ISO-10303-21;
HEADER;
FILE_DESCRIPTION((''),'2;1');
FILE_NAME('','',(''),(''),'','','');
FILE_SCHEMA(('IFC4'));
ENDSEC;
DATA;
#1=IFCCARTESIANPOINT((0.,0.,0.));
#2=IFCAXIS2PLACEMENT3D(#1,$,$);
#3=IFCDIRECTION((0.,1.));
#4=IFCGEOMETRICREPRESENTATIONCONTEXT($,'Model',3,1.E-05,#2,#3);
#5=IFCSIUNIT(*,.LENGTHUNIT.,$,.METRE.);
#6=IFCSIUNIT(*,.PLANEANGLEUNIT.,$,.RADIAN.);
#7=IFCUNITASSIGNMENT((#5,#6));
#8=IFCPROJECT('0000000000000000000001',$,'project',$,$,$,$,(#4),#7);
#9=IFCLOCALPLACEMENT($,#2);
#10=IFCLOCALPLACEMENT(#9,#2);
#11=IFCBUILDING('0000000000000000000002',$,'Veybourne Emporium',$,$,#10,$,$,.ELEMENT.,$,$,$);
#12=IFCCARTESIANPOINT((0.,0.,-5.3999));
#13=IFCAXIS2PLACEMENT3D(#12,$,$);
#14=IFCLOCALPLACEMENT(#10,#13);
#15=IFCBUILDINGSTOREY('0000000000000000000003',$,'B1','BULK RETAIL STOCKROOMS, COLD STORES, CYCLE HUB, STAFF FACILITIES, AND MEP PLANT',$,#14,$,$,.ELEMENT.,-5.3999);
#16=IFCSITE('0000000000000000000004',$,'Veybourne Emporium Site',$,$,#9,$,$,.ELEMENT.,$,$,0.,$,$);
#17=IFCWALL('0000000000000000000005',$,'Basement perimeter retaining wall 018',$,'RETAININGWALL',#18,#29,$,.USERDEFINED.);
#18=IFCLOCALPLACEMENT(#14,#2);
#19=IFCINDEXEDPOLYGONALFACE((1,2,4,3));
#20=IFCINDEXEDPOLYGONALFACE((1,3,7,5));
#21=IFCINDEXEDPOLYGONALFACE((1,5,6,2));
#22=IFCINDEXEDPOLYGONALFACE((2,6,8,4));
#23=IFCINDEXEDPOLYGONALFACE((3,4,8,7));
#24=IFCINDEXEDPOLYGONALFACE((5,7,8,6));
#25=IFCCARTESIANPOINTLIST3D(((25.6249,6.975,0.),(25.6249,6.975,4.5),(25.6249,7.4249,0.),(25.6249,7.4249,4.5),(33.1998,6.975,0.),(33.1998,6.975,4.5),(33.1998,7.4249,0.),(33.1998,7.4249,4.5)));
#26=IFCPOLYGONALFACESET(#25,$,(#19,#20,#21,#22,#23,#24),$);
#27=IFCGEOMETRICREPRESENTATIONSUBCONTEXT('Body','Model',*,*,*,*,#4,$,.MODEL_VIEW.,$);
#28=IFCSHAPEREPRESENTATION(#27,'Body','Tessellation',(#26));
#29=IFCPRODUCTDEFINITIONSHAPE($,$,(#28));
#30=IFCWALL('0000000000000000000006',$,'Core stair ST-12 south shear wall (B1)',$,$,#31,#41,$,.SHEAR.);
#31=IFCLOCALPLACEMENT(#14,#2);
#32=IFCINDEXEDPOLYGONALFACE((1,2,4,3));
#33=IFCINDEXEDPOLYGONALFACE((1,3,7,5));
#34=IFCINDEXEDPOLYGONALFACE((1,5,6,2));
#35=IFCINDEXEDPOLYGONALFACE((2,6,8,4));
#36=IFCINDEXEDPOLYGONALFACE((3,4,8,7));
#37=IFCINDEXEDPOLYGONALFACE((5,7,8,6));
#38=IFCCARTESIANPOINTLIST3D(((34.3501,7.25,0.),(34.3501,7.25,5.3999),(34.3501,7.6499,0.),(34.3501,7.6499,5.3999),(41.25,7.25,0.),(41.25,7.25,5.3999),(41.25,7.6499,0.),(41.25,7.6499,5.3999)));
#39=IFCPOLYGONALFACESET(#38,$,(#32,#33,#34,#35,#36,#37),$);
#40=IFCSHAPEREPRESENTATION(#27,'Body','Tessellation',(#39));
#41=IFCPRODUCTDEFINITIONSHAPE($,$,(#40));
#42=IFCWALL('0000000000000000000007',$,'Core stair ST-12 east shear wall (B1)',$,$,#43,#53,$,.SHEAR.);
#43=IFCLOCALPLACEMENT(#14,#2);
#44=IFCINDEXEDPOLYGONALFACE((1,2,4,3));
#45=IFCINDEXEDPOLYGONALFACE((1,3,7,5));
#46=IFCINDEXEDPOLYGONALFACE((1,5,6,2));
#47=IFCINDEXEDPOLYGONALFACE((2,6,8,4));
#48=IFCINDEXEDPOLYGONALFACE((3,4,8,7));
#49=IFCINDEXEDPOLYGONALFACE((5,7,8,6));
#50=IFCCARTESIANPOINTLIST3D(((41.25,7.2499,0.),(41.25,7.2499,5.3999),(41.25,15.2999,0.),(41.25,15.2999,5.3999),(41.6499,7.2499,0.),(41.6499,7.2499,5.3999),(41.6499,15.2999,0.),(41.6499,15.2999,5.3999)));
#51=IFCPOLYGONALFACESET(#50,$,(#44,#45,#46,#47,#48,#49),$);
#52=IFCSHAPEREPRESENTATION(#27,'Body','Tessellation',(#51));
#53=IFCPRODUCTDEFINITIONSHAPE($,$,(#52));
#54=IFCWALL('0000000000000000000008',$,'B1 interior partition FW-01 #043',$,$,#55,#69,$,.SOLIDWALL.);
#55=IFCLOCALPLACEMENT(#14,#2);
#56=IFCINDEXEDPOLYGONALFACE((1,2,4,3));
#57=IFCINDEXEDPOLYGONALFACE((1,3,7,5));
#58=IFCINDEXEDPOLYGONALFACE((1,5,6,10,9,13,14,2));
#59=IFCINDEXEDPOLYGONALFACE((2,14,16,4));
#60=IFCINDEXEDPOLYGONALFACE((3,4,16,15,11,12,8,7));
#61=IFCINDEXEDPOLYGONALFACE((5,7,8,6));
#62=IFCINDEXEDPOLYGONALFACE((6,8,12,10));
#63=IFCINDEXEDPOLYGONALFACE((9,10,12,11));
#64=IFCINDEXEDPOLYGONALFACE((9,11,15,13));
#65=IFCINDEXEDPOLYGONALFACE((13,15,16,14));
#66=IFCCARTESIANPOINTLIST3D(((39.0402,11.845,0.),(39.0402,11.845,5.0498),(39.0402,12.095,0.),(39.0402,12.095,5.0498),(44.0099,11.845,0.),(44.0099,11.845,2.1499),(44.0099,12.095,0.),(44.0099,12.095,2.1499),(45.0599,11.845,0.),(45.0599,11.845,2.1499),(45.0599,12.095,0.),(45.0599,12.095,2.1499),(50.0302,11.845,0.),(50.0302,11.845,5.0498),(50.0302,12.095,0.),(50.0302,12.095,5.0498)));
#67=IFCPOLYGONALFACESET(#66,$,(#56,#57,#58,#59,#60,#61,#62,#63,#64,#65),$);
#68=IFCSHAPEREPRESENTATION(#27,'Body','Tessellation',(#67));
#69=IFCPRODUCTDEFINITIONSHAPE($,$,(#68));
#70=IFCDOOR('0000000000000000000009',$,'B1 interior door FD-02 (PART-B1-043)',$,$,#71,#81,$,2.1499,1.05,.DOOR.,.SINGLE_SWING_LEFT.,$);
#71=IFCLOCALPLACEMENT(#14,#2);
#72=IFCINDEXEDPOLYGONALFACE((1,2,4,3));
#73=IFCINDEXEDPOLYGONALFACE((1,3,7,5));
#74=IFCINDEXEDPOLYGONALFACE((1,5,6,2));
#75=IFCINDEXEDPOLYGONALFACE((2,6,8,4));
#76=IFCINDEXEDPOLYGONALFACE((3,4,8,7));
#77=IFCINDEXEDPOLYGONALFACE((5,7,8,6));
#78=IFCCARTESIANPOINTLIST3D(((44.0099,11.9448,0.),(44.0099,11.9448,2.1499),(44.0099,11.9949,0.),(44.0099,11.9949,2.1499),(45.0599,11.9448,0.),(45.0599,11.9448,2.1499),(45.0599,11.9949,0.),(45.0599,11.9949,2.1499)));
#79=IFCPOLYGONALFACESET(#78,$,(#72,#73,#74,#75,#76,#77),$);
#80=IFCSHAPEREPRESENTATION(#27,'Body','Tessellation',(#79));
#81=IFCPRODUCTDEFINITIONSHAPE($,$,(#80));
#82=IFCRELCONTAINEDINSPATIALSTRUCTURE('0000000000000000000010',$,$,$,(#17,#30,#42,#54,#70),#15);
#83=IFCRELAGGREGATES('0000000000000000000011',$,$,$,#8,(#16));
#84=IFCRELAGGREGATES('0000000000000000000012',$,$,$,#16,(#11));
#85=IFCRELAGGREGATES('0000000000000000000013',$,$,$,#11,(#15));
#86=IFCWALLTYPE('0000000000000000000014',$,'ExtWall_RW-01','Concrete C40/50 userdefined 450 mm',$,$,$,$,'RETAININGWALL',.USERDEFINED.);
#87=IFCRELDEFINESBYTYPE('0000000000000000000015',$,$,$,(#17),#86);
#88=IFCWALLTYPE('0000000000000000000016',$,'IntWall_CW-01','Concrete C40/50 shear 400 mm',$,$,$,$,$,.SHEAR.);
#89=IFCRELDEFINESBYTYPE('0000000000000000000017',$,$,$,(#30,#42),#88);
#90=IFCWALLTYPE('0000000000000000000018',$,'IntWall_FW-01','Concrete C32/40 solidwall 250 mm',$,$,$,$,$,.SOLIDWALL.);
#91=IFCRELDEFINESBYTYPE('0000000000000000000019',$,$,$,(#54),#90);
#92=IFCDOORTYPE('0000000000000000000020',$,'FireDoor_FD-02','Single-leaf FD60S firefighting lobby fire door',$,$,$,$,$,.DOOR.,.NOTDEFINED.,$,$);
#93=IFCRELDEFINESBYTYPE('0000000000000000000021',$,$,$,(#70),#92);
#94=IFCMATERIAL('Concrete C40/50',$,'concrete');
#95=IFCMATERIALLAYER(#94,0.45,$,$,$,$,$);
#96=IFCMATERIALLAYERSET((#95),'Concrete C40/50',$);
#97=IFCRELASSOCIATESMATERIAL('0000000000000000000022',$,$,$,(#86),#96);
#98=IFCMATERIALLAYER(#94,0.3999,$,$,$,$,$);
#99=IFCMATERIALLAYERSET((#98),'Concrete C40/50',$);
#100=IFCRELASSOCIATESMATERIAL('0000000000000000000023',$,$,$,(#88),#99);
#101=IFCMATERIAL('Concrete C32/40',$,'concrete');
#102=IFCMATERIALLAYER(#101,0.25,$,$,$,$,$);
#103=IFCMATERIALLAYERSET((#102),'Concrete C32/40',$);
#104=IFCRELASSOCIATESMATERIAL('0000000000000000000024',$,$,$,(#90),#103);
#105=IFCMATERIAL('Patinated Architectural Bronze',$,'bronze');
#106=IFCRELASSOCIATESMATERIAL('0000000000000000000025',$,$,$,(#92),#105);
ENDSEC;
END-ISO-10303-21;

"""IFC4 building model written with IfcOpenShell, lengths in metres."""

from ifc_helpers import new_model, si_unit, direction, frame, frame_2d, origin, place, context, subcontext, project, spatial, rectangle, extrude, material, layer, layer_set, type_object, element, fill, save


model = new_model("IFC4")

# Units and contexts
model_context = context("Model", 3, precision=1e-05, world=origin(), true_north=direction((0.0, 1.0)))
body_context = subcontext(model_context, "Body", "Model", "MODEL_VIEW")
ifc_project = project(units=[si_unit("LENGTHUNIT", "METRE"), si_unit("PLANEANGLEUNIT", "RADIAN")], contexts=[model_context])

# Site, building, storey
site_placement = place(None, origin())
site = spatial("IfcSite", under=ifc_project, at=site_placement, Name="Veybourne Emporium Site", CompositionType="ELEMENT", RefElevation=0.0)
building_placement = place(site_placement, origin())
building = spatial("IfcBuilding", under=site, at=building_placement, Name="Veybourne Emporium", CompositionType="ELEMENT")
storey_placement = place(building_placement, frame((0.0, 0.0, -5.3999)))
storey = spatial("IfcBuildingStorey", under=building, at=storey_placement, Name="B1", Description="BULK RETAIL STOCKROOMS, COLD STORES, CYCLE HUB, STAFF FACILITIES, AND MEP PLANT", CompositionType="ELEMENT", Elevation=-5.3999)

# Shared definitions
ifc_material_1 = material(Name="Concrete C40/50", Category="concrete")

# Shared definitions
ifc_material_2 = material(Name="Concrete C32/40", Category="concrete")

# Walls
ifc_layer_1 = layer(ifc_material_1, 0.45)
ifc_layer_set_1 = layer_set([ifc_layer_1], Name="Concrete C40/50")
wall_type_1 = type_object("IfcWallType", Name="ExtWall_RW-01", Description="Concrete C40/50 userdefined 450 mm", ElementType="RETAININGWALL", PredefinedType="USERDEFINED", material=ifc_layer_set_1)
wall_1_placement = place(storey_placement, frame((33.2, 7.2, 0.0), z_axis=(0.0, 0.0, 1.0), x_axis=(-1.0, 0.0, 0.0)))
element("IfcWall", 1, at=wall_1_placement, inside=storey, type_object=wall_type_1, Name="Basement perimeter retaining wall 018", ObjectType="RETAININGWALL", PredefinedType="USERDEFINED", context=body_context, shape_type="SweptSolid", body=[
    extrude(rectangle(XDim=7.575, YDim=0.45, at=frame_2d((3.7876, 0.0))), origin(), (0.0, 0.0, 1.0), 4.5),
])
ifc_layer_2 = layer(ifc_material_1, 0.3999)
ifc_layer_set_2 = layer_set([ifc_layer_2], Name="Concrete C40/50")
wall_type_2 = type_object("IfcWallType", Name="IntWall_CW-01", Description="Concrete C40/50 shear 400 mm", PredefinedType="SHEAR", material=ifc_layer_set_2)
wall_2_placement = place(storey_placement, frame((41.25, 7.45, 0.0), z_axis=(0.0, 0.0, 1.0), x_axis=(-1.0, 0.0, 0.0)))
element("IfcWall", 2, at=wall_2_placement, inside=storey, type_object=wall_type_2, Name="Core stair ST-12 south shear wall (B1)", PredefinedType="SHEAR", context=body_context, shape_type="SweptSolid", body=[
    extrude(rectangle(XDim=6.8999, YDim=0.3999, at=frame_2d((3.45, 0.0))), origin(), (0.0, 0.0, 1.0), 5.3999),
])
wall_3_placement = place(storey_placement, frame((41.45, 7.25, 0.0), z_axis=(0.0, 0.0, 1.0), x_axis=(0.0, 1.0, 0.0)))
element("IfcWall", 3, at=wall_3_placement, inside=storey, type_object=wall_type_2, Name="Core stair ST-12 east shear wall (B1)", PredefinedType="SHEAR", context=body_context, shape_type="SweptSolid", body=[
    extrude(rectangle(XDim=8.05, YDim=0.3999, at=frame_2d((4.0249, 0.0))), origin(), (0.0, 0.0, 1.0), 5.3999),
])

# Wall, opening, door
ifc_layer_3 = layer(ifc_material_2, 0.25)
ifc_layer_set_3 = layer_set([ifc_layer_3], Name="Concrete C32/40")
wall_type_3 = type_object("IfcWallType", Name="IntWall_FW-01", Description="Concrete C32/40 solidwall 250 mm", PredefinedType="SOLIDWALL", material=ifc_layer_set_3)
wall_4_placement = place(storey_placement, frame((39.04, 11.97, 0.0), z_axis=(0.0, 0.0, 1.0), x_axis=(1.0, 0.0, 0.0)))
wall_4 = element("IfcWall", 4, at=wall_4_placement, inside=storey, type_object=wall_type_3, Name="B1 interior partition FW-01 #043", PredefinedType="SOLIDWALL", context=body_context, shape_type="SweptSolid", body=[
    extrude(rectangle(XDim=10.99, YDim=0.25, at=frame_2d((5.4951, 0.0))), origin(), (0.0, 0.0, 1.0), 5.0498),
])
opening_1_placement = place(wall_4_placement, frame((4.97, 0.0, 0.0)))
opening_1 = element("IfcOpeningElement", 5, at=opening_1_placement, cuts=wall_4, PredefinedType="OPENING", context=body_context, shape_type="SweptSolid", body=[
    extrude(rectangle(XDim=1.05, YDim=2.1499, at=frame_2d((0.5249, 1.075))), frame((0.0, 0.145, 0.0), z_axis=(0.0, -1.0, 0.0), x_axis=(1.0, 0.0, 0.0)), (0.0, 0.0, 1.0), 0.29),
])
ifc_material_3 = material(Name="Patinated Architectural Bronze", Category="bronze")
door_type = type_object("IfcDoorType", Name="FireDoor_FD-02", Description="Single-leaf FD60S firefighting lobby fire door", OperationType="NOTDEFINED", PredefinedType="DOOR", material=ifc_material_3)
door_1_placement = place(opening_1_placement, origin())
door_1 = element("IfcDoor", 6, at=door_1_placement, inside=storey, type_object=door_type, Name="B1 interior door FD-02 (PART-B1-043)", OperationType="SINGLE_SWING_LEFT", OverallHeight=2.1499, OverallWidth=1.05, PredefinedType="DOOR", context=body_context, shape_type="SweptSolid", body=[
    extrude(rectangle(XDim=1.05, YDim=2.1499, at=frame_2d((0.5249, 1.075))), frame((0.0, 0.0249, 0.0), z_axis=(0.0, -1.0, 0.0), x_axis=(1.0, 0.0, 0.0)), (0.0, 0.0, 1.0), 0.05),
])
fill(opening_1, door_1)

save(model, "model.ifc")
